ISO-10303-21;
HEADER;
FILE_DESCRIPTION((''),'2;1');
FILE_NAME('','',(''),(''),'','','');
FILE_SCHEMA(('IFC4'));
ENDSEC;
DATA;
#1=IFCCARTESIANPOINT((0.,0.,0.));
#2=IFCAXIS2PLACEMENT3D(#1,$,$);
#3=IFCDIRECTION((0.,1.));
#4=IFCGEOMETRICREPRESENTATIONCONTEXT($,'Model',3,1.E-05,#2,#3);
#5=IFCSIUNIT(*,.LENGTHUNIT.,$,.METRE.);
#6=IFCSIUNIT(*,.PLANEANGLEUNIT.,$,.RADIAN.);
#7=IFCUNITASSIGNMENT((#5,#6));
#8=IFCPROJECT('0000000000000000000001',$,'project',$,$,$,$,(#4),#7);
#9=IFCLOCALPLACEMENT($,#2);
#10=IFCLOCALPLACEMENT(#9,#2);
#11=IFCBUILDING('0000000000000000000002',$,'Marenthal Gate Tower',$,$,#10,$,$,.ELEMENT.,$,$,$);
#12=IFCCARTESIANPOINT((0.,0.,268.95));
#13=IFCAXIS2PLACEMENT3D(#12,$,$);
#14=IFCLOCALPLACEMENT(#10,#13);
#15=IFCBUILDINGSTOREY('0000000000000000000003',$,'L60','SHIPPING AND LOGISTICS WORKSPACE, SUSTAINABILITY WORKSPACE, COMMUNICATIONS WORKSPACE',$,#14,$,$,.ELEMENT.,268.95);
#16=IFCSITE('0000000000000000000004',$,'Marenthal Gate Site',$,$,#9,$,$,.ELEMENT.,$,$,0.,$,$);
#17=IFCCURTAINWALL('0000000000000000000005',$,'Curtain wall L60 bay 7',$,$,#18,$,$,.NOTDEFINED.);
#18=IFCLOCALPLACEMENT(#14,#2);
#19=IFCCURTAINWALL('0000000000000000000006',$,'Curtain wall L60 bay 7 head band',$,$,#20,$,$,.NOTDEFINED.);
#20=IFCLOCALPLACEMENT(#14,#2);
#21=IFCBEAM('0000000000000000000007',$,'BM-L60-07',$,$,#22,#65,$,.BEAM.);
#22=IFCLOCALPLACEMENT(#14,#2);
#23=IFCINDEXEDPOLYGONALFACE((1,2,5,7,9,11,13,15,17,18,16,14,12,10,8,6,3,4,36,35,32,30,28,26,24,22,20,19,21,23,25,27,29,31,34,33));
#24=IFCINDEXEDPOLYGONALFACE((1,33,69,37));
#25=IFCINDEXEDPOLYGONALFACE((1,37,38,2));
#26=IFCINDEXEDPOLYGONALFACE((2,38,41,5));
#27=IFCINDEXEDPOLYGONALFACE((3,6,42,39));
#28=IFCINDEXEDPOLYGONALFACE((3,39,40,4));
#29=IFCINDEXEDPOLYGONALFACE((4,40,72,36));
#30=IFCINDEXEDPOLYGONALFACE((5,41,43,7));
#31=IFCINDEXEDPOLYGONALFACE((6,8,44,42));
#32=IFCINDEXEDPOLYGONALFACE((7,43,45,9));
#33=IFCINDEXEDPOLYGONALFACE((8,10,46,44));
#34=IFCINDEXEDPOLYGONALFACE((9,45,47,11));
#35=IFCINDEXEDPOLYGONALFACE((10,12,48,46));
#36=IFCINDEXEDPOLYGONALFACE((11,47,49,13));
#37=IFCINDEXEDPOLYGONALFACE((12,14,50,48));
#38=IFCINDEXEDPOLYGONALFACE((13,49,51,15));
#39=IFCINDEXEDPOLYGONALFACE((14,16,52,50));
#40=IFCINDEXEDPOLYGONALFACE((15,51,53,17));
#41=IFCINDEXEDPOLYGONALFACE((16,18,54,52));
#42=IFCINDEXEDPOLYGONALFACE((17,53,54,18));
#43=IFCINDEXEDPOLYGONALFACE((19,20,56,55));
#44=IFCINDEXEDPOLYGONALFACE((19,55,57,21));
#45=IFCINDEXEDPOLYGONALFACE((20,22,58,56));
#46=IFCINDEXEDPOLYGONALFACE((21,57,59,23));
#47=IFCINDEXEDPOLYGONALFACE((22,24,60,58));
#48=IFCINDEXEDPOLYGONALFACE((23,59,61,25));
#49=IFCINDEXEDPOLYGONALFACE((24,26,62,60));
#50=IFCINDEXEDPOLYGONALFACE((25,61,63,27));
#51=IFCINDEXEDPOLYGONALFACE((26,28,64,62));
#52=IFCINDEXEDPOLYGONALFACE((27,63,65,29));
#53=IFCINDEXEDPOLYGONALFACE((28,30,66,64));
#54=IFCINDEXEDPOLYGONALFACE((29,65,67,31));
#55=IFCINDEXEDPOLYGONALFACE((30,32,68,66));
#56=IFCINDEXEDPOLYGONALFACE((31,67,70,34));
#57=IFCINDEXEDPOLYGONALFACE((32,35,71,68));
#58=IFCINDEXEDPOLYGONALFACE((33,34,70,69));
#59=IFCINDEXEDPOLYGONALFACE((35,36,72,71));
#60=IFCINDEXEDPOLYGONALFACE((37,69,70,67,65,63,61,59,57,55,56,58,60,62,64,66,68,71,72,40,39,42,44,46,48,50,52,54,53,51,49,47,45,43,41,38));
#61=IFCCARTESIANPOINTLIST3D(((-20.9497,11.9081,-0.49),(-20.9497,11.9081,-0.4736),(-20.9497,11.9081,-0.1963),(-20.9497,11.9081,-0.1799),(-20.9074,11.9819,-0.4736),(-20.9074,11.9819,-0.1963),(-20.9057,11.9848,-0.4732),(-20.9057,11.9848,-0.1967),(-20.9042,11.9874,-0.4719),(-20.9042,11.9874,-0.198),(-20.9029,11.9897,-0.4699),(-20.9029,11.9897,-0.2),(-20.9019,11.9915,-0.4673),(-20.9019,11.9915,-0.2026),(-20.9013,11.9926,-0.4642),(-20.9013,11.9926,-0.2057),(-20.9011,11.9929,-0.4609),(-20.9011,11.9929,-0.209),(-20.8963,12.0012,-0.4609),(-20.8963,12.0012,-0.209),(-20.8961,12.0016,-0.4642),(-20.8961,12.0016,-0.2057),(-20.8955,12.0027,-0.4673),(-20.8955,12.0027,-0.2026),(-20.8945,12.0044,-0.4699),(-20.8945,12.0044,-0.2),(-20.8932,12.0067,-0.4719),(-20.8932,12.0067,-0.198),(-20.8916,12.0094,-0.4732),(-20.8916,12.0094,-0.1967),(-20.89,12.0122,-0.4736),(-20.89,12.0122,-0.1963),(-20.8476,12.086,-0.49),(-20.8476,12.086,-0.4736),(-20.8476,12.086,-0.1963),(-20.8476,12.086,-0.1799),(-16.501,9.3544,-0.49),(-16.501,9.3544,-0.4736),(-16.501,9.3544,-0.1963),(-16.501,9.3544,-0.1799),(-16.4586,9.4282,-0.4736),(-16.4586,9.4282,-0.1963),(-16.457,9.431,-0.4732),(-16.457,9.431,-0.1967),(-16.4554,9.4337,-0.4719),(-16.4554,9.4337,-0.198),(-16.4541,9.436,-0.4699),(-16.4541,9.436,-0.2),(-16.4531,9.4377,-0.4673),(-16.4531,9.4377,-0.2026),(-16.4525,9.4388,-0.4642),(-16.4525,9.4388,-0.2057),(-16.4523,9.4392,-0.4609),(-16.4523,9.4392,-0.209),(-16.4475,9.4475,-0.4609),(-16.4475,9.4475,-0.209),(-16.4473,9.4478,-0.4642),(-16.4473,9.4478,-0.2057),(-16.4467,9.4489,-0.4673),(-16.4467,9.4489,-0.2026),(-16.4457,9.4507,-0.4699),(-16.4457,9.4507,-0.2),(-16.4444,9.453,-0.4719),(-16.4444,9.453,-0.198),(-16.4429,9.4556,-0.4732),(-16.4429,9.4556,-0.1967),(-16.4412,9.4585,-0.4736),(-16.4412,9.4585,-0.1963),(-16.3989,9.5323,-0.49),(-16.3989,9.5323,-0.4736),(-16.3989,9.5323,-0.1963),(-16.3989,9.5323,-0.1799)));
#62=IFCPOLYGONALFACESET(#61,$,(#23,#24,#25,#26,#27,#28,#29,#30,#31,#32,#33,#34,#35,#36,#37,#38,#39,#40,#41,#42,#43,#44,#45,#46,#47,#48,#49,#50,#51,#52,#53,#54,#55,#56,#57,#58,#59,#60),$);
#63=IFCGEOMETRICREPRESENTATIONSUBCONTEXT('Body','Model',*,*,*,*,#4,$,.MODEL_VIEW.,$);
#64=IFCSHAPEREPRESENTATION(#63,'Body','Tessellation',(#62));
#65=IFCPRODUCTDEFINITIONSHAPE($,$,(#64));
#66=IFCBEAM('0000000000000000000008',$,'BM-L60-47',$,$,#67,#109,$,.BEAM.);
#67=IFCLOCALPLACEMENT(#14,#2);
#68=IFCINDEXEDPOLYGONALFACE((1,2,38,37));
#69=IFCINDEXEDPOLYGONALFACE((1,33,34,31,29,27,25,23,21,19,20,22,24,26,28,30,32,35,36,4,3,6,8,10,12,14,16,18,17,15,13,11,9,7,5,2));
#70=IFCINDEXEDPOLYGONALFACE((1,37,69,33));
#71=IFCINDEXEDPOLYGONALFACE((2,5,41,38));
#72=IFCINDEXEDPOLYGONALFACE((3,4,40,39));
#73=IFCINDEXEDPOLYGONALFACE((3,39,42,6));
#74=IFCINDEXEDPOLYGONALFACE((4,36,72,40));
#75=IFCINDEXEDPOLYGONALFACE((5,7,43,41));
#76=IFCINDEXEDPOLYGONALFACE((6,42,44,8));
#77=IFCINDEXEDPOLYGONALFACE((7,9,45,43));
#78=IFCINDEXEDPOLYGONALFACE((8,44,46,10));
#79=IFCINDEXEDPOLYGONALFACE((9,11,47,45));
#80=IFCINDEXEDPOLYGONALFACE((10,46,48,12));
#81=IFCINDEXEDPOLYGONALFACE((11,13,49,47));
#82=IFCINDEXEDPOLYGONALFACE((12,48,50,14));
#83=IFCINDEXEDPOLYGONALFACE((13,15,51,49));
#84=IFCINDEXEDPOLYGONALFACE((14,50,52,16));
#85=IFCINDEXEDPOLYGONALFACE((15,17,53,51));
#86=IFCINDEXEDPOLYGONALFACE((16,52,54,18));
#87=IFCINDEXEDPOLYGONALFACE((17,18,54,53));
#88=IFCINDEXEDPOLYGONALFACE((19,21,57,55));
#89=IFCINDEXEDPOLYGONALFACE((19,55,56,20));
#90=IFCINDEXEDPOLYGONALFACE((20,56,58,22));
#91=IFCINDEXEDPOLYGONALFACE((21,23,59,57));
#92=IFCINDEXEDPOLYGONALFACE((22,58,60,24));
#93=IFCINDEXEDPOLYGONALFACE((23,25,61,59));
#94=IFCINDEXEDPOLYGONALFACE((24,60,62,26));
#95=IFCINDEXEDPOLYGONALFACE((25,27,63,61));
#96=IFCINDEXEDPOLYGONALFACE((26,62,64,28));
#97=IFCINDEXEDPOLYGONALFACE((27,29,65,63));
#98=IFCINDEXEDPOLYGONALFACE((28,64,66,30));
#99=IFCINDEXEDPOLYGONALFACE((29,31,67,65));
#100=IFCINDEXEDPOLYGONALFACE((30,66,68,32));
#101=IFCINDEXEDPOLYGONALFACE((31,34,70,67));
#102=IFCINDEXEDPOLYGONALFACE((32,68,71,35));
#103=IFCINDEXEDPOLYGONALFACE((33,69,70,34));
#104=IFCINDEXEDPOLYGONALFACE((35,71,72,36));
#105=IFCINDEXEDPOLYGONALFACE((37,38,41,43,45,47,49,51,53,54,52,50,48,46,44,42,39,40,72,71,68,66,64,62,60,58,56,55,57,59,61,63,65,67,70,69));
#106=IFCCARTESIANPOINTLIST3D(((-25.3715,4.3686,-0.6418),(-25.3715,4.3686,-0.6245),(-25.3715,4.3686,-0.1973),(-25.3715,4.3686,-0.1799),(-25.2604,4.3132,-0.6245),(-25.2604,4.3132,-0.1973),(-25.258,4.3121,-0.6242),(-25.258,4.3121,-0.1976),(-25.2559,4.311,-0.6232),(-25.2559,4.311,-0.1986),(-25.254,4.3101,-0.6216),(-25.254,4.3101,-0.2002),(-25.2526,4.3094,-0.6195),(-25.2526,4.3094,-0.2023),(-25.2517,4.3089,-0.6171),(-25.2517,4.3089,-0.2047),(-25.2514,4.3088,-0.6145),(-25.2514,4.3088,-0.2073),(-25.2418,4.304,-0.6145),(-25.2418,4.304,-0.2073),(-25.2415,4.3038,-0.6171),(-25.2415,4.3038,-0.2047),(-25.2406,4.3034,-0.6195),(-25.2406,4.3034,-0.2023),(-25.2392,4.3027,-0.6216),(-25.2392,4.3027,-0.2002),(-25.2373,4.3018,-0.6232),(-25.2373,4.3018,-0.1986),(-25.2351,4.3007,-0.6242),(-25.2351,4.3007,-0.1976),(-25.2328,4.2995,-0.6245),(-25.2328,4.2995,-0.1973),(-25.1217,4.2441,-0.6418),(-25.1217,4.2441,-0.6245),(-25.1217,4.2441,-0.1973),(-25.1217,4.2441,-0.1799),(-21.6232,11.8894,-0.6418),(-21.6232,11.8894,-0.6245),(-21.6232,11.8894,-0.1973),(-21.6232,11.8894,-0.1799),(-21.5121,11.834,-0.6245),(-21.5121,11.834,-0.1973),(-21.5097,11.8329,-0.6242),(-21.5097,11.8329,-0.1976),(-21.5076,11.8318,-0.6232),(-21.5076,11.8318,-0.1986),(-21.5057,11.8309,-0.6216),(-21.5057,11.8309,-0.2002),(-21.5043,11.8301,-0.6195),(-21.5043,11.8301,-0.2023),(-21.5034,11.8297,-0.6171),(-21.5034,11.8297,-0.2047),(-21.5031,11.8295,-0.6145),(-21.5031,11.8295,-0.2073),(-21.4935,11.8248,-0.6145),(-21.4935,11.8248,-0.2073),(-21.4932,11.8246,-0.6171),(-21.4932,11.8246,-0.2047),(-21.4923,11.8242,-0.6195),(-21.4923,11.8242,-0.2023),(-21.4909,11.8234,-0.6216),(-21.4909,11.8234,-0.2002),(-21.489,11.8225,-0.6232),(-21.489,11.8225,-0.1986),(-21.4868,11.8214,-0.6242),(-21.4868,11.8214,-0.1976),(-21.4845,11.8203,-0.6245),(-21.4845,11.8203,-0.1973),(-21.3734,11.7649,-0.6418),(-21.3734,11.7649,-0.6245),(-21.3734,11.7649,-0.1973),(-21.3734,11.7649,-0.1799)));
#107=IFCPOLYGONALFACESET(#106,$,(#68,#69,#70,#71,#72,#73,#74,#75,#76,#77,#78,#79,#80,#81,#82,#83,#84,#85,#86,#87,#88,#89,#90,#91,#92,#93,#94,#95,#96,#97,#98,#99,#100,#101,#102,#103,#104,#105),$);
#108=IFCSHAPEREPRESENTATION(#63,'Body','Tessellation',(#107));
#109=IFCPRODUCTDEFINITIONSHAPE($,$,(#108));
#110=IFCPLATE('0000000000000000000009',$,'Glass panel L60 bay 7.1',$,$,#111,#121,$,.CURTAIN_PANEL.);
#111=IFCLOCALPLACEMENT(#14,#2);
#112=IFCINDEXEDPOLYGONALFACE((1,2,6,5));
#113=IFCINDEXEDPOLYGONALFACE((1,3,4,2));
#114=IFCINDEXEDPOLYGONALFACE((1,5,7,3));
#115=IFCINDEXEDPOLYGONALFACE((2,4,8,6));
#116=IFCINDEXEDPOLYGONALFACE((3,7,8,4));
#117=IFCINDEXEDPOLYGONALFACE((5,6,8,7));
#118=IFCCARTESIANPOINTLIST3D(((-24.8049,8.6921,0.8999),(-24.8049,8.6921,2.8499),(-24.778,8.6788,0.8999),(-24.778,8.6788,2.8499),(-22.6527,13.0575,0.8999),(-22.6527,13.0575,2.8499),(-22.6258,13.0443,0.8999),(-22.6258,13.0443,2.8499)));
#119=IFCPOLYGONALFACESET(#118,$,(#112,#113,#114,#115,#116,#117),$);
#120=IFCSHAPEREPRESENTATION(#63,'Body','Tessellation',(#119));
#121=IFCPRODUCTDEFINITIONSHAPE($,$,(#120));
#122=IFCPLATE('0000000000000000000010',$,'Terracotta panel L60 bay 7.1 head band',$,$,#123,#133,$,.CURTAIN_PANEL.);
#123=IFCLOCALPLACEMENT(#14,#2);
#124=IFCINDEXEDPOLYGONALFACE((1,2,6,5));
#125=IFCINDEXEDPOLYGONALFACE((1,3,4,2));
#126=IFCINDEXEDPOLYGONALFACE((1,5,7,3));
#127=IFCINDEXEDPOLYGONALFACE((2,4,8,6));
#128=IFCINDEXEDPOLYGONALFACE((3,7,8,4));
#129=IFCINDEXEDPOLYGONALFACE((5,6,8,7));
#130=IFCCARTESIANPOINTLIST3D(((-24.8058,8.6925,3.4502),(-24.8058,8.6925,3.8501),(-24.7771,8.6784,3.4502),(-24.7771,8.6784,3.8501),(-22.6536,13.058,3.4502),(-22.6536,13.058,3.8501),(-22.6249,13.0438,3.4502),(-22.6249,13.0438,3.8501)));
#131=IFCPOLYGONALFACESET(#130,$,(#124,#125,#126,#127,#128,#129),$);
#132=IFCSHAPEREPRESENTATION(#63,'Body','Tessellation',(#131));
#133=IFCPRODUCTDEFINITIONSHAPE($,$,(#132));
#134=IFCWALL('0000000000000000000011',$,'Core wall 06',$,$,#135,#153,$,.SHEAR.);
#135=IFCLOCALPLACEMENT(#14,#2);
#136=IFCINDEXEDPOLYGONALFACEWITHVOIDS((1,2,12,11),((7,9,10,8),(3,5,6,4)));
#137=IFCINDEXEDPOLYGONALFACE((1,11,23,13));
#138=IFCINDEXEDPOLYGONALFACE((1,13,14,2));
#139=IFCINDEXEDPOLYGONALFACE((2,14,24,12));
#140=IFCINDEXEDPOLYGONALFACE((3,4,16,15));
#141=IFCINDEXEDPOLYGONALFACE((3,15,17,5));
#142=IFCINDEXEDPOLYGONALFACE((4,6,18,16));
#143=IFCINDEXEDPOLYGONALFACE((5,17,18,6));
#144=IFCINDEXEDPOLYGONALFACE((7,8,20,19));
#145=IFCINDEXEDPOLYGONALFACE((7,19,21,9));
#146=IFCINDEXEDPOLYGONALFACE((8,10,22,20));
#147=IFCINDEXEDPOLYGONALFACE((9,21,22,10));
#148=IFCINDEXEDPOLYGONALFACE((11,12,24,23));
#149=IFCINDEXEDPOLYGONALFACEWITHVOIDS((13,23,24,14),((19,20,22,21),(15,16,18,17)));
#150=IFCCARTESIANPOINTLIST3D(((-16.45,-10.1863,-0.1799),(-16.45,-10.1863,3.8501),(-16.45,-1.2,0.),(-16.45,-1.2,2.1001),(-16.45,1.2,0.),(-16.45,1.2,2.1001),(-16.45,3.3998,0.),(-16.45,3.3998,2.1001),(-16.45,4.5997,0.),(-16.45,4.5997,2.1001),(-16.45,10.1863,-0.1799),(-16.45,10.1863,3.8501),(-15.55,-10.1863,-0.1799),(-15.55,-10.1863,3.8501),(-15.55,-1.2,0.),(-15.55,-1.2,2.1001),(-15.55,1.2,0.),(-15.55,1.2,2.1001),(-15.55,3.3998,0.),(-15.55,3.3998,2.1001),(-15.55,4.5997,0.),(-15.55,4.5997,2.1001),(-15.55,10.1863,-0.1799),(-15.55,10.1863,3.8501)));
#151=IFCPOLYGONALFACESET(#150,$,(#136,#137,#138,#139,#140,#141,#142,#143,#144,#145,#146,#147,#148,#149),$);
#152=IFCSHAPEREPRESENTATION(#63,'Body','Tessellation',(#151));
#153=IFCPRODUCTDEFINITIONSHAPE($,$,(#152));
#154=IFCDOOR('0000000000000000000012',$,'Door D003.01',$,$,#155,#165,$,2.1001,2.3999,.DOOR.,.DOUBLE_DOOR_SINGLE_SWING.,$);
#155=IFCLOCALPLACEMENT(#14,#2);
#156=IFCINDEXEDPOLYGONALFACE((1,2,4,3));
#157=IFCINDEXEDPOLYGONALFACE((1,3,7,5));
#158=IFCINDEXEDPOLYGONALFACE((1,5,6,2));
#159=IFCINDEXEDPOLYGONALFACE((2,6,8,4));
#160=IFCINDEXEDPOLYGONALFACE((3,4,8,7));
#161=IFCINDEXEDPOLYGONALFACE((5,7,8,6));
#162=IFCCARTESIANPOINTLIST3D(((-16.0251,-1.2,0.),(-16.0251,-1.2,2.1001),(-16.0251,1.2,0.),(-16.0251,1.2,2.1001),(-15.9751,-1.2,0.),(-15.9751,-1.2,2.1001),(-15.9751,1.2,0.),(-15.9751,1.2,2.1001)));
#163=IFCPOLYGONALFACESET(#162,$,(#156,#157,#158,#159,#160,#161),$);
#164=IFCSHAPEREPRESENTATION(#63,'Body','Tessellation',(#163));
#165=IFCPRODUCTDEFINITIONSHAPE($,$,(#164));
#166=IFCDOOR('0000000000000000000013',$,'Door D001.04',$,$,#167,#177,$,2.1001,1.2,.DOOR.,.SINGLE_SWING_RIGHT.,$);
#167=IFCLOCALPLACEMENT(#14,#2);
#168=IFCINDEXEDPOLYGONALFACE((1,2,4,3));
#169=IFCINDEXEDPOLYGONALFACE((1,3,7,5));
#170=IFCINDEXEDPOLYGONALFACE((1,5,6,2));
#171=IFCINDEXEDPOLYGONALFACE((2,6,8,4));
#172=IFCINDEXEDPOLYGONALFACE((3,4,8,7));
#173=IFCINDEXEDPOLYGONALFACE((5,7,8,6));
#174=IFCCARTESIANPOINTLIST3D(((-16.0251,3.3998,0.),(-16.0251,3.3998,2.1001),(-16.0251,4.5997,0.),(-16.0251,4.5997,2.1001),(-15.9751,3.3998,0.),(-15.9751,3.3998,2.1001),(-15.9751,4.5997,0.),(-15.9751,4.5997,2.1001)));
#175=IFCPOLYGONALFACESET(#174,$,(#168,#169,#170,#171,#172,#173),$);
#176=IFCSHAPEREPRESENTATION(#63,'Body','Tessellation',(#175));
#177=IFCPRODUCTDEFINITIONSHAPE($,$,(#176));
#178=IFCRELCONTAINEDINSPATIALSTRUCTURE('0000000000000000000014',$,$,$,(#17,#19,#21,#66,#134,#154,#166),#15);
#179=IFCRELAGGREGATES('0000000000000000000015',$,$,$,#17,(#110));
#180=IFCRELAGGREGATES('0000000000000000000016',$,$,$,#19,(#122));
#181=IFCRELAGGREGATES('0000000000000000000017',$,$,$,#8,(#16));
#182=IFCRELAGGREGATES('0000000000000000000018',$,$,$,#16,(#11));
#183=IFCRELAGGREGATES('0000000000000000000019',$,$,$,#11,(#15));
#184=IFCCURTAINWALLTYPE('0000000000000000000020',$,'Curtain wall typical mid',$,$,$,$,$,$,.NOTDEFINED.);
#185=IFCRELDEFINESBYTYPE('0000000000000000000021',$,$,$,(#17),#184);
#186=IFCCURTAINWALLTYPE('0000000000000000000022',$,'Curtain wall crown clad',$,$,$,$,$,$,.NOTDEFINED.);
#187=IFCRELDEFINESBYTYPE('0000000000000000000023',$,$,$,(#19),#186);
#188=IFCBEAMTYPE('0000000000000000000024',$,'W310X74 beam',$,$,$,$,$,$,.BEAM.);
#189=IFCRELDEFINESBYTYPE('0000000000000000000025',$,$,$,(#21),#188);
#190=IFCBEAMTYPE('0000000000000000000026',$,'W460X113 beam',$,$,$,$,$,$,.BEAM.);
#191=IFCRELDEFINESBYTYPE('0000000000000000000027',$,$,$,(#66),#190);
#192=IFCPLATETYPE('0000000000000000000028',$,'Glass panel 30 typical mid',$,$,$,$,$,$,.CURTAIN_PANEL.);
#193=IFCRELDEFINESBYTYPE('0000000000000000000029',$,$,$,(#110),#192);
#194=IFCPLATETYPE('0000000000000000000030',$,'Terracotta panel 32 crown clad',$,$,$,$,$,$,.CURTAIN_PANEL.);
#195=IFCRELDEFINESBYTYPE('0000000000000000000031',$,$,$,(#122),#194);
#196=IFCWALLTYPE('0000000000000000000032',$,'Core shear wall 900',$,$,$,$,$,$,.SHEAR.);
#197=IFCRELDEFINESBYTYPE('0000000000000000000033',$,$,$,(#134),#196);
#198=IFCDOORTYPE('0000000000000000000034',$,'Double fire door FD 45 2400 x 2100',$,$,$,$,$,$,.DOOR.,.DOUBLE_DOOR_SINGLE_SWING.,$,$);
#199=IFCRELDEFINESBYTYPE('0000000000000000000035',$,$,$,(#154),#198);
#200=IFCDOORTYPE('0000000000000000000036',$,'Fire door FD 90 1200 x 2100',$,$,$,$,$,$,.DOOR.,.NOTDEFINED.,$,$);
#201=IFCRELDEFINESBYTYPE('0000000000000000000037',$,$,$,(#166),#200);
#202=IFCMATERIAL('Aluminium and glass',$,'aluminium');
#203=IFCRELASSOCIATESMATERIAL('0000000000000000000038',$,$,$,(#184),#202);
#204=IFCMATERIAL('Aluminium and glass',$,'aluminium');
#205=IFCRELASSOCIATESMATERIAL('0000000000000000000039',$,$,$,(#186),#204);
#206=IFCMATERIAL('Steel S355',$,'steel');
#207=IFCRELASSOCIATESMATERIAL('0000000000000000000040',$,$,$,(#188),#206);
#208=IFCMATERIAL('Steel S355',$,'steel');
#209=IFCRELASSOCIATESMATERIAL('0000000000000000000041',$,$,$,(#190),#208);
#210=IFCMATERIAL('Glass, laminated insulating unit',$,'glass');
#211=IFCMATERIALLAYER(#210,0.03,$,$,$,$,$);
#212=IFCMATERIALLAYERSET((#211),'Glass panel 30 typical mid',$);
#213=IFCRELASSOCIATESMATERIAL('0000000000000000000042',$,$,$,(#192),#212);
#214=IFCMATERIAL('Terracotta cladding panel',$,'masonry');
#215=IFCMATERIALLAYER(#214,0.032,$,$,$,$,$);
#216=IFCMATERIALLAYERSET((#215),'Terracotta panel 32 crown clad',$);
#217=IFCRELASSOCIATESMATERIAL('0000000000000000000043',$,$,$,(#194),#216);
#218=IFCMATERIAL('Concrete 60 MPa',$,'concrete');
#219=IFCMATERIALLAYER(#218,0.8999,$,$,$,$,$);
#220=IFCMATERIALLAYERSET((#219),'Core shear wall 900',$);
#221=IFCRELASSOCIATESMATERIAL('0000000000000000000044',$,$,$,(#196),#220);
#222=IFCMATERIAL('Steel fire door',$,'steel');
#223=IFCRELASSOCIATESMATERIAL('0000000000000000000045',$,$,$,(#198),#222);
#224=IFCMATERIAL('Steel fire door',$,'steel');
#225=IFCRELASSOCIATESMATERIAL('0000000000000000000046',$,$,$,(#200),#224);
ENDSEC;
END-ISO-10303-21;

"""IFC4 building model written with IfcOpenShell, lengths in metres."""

from ifc_helpers import new_model, si_unit, direction, frame, frame_2d, origin, origin_2d, place, context, subcontext, project, spatial, rectangle, i_section, extrude, material, layer, layer_set, material_profile, profile_set, type_object, element, fill, aggregate, save


model = new_model("IFC4")

# Units and contexts
model_context = context("Model", 3, precision=1e-05, world=origin(), true_north=direction((0.0, 1.0)))
body_context = subcontext(model_context, "Body", "Model", "MODEL_VIEW")
ifc_project = project(units=[si_unit("LENGTHUNIT", "METRE"), si_unit("PLANEANGLEUNIT", "RADIAN")], contexts=[model_context])

# Site, building, storey
site_placement = place(None, origin())
site = spatial("IfcSite", under=ifc_project, at=site_placement, Name="Marenthal Gate Site", CompositionType="ELEMENT", RefElevation=0.0)
building_placement = place(site_placement, origin())
building = spatial("IfcBuilding", under=site, at=building_placement, Name="Marenthal Gate Tower", CompositionType="ELEMENT")
storey_placement = place(building_placement, frame((0.0, 0.0, 268.95)))
storey = spatial("IfcBuildingStorey", under=building, at=storey_placement, Name="L60", Description="SHIPPING AND LOGISTICS WORKSPACE, SUSTAINABILITY WORKSPACE, COMMUNICATIONS WORKSPACE", CompositionType="ELEMENT", Elevation=268.95)

# Curtain wall
ifc_material_1 = material(Name="Aluminium and glass", Category="aluminium")
curtain_wall_type_1 = type_object("IfcCurtainWallType", Name="Curtain wall typical mid", PredefinedType="NOTDEFINED", material=ifc_material_1)
curtain_wall_1_placement = place(storey_placement, origin())
curtain_wall_1 = element("IfcCurtainWall", 1, at=curtain_wall_1_placement, inside=storey, type_object=curtain_wall_type_1, Name="Curtain wall L60 bay 7", PredefinedType="NOTDEFINED")

# Curtain wall
ifc_material_2 = material(Name="Aluminium and glass", Category="aluminium")
curtain_wall_type_2 = type_object("IfcCurtainWallType", Name="Curtain wall crown clad", PredefinedType="NOTDEFINED", material=ifc_material_2)
curtain_wall_2_placement = place(storey_placement, origin())
curtain_wall_2 = element("IfcCurtainWall", 2, at=curtain_wall_2_placement, inside=storey, type_object=curtain_wall_type_2, Name="Curtain wall L60 bay 7 head band", PredefinedType="NOTDEFINED")

# Beams
ifc_material_3 = material(Name="Steel S355", Category="steel")
ifc_material_profile_1 = material_profile(ifc_material_3, i_section(OverallWidth=0.2051, OverallDepth=0.3101, WebThickness=0.0095, FlangeThickness=0.0164, FilletRadius=0.0127, at=origin_2d()), Name="W310X74")
ifc_profile_set_1 = profile_set([ifc_material_profile_1], Name="Steel S355")
beam_type_1 = type_object("IfcBeamType", Name="W310X74 beam", PredefinedType="BEAM", material=ifc_profile_set_1)
beam_1_placement = place(storey_placement, frame((-20.8987, 11.9971, -0.335), z_axis=(0.867269, -0.49784, 0.0), x_axis=(0.49784, 0.867269, 0.0)))
element("IfcBeam", 3, at=beam_1_placement, inside=storey, type_object=beam_type_1, Name="BM-L60-07", PredefinedType="BEAM", context=body_context, shape_type="SweptSolid", body=[
    extrude(i_section(OverallWidth=0.2051, OverallDepth=0.3101, WebThickness=0.0095, FlangeThickness=0.0164, FilletRadius=0.0127, at=origin_2d()), origin(), (0.0, 0.0, 1.0), 5.1296),
])
ifc_material_4 = material(Name="Steel S355", Category="steel")
ifc_material_profile_2 = material_profile(ifc_material_4, i_section(OverallWidth=0.2791, OverallDepth=0.4619, WebThickness=0.0107, FlangeThickness=0.0173, FilletRadius=0.01, at=origin_2d()), Name="W460X113")
ifc_profile_set_2 = profile_set([ifc_material_profile_2], Name="Steel S355")
beam_type_2 = type_object("IfcBeamType", Name="W460X113 beam", PredefinedType="BEAM", material=ifc_profile_set_2)
beam_2_placement = place(storey_placement, frame((-21.4983, 11.8271, -0.4109), z_axis=(-0.446063, -0.895002, 0.0), x_axis=(0.895002, -0.446063, 0.0)))
element("IfcBeam", 4, at=beam_2_placement, inside=storey, type_object=beam_type_2, Name="BM-L60-47", PredefinedType="BEAM", context=body_context, shape_type="SweptSolid", body=[
    extrude(i_section(OverallWidth=0.2791, OverallDepth=0.4619, WebThickness=0.0107, FlangeThickness=0.0173, FilletRadius=0.01, at=origin_2d()), origin(), (0.0, 0.0, 1.0), 8.4031),
])

# Plates
ifc_material_5 = material(Name="Glass, laminated insulating unit", Category="glass")
ifc_layer_1 = layer(ifc_material_5, 0.03)
ifc_layer_set_1 = layer_set([ifc_layer_1], Name="Glass panel 30 typical mid")
plate_type_1 = type_object("IfcPlateType", Name="Glass panel 30 typical mid", PredefinedType="CURTAIN_PANEL", material=ifc_layer_set_1)
plate_1_placement = place(storey_placement, frame((-23.7153, 10.8682, 0.8999), z_axis=(0.0, 0.0, 1.0), x_axis=(-0.442192, -0.896921, 0.0)))
plate_1 = element("IfcPlate", 5, at=plate_1_placement, type_object=plate_type_1, Name="Glass panel L60 bay 7.1", PredefinedType="CURTAIN_PANEL", context=body_context, shape_type="SweptSolid", body=[
    extrude(rectangle(XDim=4.8672, YDim=0.03, at=origin_2d()), origin(), (0.0, 0.0, 1.0), 1.95),
])
aggregate(curtain_wall_1, [plate_1])
ifc_material_6 = material(Name="Terracotta cladding panel", Category="masonry")
ifc_layer_2 = layer(ifc_material_6, 0.032)
ifc_layer_set_2 = layer_set([ifc_layer_2], Name="Terracotta panel 32 crown clad")
plate_type_2 = type_object("IfcPlateType", Name="Terracotta panel 32 crown clad", PredefinedType="CURTAIN_PANEL", material=ifc_layer_set_2)
plate_2_placement = place(storey_placement, frame((-23.7153, 10.8682, 3.4502), z_axis=(0.0, 0.0, 1.0), x_axis=(-0.442192, -0.896921, 0.0)))
plate_2 = element("IfcPlate", 6, at=plate_2_placement, type_object=plate_type_2, Name="Terracotta panel L60 bay 7.1 head band", PredefinedType="CURTAIN_PANEL", context=body_context, shape_type="SweptSolid", body=[
    extrude(rectangle(XDim=4.8672, YDim=0.032, at=origin_2d()), origin(), (0.0, 0.0, 1.0), 0.3999),
])
aggregate(curtain_wall_2, [plate_2])

# Wall, openings, doors
ifc_material_7 = material(Name="Concrete 60 MPa", Category="concrete")
ifc_layer_3 = layer(ifc_material_7, 0.8999)
ifc_layer_set_3 = layer_set([ifc_layer_3], Name="Core shear wall 900")
wall_type_1 = type_object("IfcWallType", Name="Core shear wall 900", PredefinedType="SHEAR", material=ifc_layer_set_3)
wall_1_placement = place(storey_placement, frame((-16.0, 10.1863, -0.1799), z_axis=(0.0, 0.0, 1.0), x_axis=(0.0, -1.0, 0.0)))
wall_1 = element("IfcWall", 7, at=wall_1_placement, inside=storey, type_object=wall_type_1, Name="Core wall 06", PredefinedType="SHEAR", context=body_context, shape_type="SweptSolid", body=[
    extrude(rectangle(XDim=20.3726, YDim=0.8999, at=frame_2d((10.1863, 0.0))), origin(), (0.0, 0.0, 1.0), 4.03),
])
opening_1_placement = place(wall_1_placement, frame((8.9863, 0.0, 0.1799)))
opening_1 = element("IfcOpeningElement", 8, at=opening_1_placement, cuts=wall_1, PredefinedType="OPENING", context=body_context, shape_type="SweptSolid", body=[
    extrude(rectangle(XDim=2.3999, YDim=2.1001, at=frame_2d((1.2, 1.05))), frame((0.0, 0.46, 0.0), z_axis=(0.0, -1.0, 0.0), x_axis=(1.0, 0.0, 0.0)), (0.0, 0.0, 1.0), 0.9199),
])
opening_2_placement = place(wall_1_placement, frame((5.5864, 0.0, 0.1799)))
opening_2 = element("IfcOpeningElement", 9, at=opening_2_placement, cuts=wall_1, PredefinedType="OPENING", context=body_context, shape_type="SweptSolid", body=[
    extrude(rectangle(XDim=1.2, YDim=2.1001, at=frame_2d((0.6001, 1.05))), frame((0.0, 0.46, 0.0), z_axis=(0.0, -1.0, 0.0), x_axis=(1.0, 0.0, 0.0)), (0.0, 0.0, 1.0), 0.9199),
])
ifc_material_8 = material(Name="Steel fire door", Category="steel")
door_type_1 = type_object("IfcDoorType", Name="Double fire door FD 45 2400 x 2100", OperationType="DOUBLE_DOOR_SINGLE_SWING", PredefinedType="DOOR", material=ifc_material_8)
door_1_placement = place(opening_1_placement, origin())
door_1 = element("IfcDoor", 10, at=door_1_placement, inside=storey, type_object=door_type_1, Name="Door D003.01", OperationType="DOUBLE_DOOR_SINGLE_SWING", OverallHeight=2.1001, OverallWidth=2.3999, PredefinedType="DOOR", context=body_context, shape_type="SweptSolid", body=[
    extrude(rectangle(XDim=2.3999, YDim=2.1001, at=frame_2d((1.2, 1.05))), frame((0.0, 0.0249, 0.0), z_axis=(0.0, -1.0, 0.0), x_axis=(1.0, 0.0, 0.0)), (0.0, 0.0, 1.0), 0.05),
])
fill(opening_1, door_1)
ifc_material_9 = material(Name="Steel fire door", Category="steel")
door_type_2 = type_object("IfcDoorType", Name="Fire door FD 90 1200 x 2100", OperationType="NOTDEFINED", PredefinedType="DOOR", material=ifc_material_9)
door_2_placement = place(opening_2_placement, origin())
door_2 = element("IfcDoor", 11, at=door_2_placement, inside=storey, type_object=door_type_2, Name="Door D001.04", OperationType="SINGLE_SWING_RIGHT", OverallHeight=2.1001, OverallWidth=1.2, PredefinedType="DOOR", context=body_context, shape_type="SweptSolid", body=[
    extrude(rectangle(XDim=1.2, YDim=2.1001, at=frame_2d((0.6001, 1.05))), frame((0.0, 0.0249, 0.0), z_axis=(0.0, -1.0, 0.0), x_axis=(1.0, 0.0, 0.0)), (0.0, 0.0, 1.0), 0.05),
])
fill(opening_2, door_2)

save(model, "model.ifc")
